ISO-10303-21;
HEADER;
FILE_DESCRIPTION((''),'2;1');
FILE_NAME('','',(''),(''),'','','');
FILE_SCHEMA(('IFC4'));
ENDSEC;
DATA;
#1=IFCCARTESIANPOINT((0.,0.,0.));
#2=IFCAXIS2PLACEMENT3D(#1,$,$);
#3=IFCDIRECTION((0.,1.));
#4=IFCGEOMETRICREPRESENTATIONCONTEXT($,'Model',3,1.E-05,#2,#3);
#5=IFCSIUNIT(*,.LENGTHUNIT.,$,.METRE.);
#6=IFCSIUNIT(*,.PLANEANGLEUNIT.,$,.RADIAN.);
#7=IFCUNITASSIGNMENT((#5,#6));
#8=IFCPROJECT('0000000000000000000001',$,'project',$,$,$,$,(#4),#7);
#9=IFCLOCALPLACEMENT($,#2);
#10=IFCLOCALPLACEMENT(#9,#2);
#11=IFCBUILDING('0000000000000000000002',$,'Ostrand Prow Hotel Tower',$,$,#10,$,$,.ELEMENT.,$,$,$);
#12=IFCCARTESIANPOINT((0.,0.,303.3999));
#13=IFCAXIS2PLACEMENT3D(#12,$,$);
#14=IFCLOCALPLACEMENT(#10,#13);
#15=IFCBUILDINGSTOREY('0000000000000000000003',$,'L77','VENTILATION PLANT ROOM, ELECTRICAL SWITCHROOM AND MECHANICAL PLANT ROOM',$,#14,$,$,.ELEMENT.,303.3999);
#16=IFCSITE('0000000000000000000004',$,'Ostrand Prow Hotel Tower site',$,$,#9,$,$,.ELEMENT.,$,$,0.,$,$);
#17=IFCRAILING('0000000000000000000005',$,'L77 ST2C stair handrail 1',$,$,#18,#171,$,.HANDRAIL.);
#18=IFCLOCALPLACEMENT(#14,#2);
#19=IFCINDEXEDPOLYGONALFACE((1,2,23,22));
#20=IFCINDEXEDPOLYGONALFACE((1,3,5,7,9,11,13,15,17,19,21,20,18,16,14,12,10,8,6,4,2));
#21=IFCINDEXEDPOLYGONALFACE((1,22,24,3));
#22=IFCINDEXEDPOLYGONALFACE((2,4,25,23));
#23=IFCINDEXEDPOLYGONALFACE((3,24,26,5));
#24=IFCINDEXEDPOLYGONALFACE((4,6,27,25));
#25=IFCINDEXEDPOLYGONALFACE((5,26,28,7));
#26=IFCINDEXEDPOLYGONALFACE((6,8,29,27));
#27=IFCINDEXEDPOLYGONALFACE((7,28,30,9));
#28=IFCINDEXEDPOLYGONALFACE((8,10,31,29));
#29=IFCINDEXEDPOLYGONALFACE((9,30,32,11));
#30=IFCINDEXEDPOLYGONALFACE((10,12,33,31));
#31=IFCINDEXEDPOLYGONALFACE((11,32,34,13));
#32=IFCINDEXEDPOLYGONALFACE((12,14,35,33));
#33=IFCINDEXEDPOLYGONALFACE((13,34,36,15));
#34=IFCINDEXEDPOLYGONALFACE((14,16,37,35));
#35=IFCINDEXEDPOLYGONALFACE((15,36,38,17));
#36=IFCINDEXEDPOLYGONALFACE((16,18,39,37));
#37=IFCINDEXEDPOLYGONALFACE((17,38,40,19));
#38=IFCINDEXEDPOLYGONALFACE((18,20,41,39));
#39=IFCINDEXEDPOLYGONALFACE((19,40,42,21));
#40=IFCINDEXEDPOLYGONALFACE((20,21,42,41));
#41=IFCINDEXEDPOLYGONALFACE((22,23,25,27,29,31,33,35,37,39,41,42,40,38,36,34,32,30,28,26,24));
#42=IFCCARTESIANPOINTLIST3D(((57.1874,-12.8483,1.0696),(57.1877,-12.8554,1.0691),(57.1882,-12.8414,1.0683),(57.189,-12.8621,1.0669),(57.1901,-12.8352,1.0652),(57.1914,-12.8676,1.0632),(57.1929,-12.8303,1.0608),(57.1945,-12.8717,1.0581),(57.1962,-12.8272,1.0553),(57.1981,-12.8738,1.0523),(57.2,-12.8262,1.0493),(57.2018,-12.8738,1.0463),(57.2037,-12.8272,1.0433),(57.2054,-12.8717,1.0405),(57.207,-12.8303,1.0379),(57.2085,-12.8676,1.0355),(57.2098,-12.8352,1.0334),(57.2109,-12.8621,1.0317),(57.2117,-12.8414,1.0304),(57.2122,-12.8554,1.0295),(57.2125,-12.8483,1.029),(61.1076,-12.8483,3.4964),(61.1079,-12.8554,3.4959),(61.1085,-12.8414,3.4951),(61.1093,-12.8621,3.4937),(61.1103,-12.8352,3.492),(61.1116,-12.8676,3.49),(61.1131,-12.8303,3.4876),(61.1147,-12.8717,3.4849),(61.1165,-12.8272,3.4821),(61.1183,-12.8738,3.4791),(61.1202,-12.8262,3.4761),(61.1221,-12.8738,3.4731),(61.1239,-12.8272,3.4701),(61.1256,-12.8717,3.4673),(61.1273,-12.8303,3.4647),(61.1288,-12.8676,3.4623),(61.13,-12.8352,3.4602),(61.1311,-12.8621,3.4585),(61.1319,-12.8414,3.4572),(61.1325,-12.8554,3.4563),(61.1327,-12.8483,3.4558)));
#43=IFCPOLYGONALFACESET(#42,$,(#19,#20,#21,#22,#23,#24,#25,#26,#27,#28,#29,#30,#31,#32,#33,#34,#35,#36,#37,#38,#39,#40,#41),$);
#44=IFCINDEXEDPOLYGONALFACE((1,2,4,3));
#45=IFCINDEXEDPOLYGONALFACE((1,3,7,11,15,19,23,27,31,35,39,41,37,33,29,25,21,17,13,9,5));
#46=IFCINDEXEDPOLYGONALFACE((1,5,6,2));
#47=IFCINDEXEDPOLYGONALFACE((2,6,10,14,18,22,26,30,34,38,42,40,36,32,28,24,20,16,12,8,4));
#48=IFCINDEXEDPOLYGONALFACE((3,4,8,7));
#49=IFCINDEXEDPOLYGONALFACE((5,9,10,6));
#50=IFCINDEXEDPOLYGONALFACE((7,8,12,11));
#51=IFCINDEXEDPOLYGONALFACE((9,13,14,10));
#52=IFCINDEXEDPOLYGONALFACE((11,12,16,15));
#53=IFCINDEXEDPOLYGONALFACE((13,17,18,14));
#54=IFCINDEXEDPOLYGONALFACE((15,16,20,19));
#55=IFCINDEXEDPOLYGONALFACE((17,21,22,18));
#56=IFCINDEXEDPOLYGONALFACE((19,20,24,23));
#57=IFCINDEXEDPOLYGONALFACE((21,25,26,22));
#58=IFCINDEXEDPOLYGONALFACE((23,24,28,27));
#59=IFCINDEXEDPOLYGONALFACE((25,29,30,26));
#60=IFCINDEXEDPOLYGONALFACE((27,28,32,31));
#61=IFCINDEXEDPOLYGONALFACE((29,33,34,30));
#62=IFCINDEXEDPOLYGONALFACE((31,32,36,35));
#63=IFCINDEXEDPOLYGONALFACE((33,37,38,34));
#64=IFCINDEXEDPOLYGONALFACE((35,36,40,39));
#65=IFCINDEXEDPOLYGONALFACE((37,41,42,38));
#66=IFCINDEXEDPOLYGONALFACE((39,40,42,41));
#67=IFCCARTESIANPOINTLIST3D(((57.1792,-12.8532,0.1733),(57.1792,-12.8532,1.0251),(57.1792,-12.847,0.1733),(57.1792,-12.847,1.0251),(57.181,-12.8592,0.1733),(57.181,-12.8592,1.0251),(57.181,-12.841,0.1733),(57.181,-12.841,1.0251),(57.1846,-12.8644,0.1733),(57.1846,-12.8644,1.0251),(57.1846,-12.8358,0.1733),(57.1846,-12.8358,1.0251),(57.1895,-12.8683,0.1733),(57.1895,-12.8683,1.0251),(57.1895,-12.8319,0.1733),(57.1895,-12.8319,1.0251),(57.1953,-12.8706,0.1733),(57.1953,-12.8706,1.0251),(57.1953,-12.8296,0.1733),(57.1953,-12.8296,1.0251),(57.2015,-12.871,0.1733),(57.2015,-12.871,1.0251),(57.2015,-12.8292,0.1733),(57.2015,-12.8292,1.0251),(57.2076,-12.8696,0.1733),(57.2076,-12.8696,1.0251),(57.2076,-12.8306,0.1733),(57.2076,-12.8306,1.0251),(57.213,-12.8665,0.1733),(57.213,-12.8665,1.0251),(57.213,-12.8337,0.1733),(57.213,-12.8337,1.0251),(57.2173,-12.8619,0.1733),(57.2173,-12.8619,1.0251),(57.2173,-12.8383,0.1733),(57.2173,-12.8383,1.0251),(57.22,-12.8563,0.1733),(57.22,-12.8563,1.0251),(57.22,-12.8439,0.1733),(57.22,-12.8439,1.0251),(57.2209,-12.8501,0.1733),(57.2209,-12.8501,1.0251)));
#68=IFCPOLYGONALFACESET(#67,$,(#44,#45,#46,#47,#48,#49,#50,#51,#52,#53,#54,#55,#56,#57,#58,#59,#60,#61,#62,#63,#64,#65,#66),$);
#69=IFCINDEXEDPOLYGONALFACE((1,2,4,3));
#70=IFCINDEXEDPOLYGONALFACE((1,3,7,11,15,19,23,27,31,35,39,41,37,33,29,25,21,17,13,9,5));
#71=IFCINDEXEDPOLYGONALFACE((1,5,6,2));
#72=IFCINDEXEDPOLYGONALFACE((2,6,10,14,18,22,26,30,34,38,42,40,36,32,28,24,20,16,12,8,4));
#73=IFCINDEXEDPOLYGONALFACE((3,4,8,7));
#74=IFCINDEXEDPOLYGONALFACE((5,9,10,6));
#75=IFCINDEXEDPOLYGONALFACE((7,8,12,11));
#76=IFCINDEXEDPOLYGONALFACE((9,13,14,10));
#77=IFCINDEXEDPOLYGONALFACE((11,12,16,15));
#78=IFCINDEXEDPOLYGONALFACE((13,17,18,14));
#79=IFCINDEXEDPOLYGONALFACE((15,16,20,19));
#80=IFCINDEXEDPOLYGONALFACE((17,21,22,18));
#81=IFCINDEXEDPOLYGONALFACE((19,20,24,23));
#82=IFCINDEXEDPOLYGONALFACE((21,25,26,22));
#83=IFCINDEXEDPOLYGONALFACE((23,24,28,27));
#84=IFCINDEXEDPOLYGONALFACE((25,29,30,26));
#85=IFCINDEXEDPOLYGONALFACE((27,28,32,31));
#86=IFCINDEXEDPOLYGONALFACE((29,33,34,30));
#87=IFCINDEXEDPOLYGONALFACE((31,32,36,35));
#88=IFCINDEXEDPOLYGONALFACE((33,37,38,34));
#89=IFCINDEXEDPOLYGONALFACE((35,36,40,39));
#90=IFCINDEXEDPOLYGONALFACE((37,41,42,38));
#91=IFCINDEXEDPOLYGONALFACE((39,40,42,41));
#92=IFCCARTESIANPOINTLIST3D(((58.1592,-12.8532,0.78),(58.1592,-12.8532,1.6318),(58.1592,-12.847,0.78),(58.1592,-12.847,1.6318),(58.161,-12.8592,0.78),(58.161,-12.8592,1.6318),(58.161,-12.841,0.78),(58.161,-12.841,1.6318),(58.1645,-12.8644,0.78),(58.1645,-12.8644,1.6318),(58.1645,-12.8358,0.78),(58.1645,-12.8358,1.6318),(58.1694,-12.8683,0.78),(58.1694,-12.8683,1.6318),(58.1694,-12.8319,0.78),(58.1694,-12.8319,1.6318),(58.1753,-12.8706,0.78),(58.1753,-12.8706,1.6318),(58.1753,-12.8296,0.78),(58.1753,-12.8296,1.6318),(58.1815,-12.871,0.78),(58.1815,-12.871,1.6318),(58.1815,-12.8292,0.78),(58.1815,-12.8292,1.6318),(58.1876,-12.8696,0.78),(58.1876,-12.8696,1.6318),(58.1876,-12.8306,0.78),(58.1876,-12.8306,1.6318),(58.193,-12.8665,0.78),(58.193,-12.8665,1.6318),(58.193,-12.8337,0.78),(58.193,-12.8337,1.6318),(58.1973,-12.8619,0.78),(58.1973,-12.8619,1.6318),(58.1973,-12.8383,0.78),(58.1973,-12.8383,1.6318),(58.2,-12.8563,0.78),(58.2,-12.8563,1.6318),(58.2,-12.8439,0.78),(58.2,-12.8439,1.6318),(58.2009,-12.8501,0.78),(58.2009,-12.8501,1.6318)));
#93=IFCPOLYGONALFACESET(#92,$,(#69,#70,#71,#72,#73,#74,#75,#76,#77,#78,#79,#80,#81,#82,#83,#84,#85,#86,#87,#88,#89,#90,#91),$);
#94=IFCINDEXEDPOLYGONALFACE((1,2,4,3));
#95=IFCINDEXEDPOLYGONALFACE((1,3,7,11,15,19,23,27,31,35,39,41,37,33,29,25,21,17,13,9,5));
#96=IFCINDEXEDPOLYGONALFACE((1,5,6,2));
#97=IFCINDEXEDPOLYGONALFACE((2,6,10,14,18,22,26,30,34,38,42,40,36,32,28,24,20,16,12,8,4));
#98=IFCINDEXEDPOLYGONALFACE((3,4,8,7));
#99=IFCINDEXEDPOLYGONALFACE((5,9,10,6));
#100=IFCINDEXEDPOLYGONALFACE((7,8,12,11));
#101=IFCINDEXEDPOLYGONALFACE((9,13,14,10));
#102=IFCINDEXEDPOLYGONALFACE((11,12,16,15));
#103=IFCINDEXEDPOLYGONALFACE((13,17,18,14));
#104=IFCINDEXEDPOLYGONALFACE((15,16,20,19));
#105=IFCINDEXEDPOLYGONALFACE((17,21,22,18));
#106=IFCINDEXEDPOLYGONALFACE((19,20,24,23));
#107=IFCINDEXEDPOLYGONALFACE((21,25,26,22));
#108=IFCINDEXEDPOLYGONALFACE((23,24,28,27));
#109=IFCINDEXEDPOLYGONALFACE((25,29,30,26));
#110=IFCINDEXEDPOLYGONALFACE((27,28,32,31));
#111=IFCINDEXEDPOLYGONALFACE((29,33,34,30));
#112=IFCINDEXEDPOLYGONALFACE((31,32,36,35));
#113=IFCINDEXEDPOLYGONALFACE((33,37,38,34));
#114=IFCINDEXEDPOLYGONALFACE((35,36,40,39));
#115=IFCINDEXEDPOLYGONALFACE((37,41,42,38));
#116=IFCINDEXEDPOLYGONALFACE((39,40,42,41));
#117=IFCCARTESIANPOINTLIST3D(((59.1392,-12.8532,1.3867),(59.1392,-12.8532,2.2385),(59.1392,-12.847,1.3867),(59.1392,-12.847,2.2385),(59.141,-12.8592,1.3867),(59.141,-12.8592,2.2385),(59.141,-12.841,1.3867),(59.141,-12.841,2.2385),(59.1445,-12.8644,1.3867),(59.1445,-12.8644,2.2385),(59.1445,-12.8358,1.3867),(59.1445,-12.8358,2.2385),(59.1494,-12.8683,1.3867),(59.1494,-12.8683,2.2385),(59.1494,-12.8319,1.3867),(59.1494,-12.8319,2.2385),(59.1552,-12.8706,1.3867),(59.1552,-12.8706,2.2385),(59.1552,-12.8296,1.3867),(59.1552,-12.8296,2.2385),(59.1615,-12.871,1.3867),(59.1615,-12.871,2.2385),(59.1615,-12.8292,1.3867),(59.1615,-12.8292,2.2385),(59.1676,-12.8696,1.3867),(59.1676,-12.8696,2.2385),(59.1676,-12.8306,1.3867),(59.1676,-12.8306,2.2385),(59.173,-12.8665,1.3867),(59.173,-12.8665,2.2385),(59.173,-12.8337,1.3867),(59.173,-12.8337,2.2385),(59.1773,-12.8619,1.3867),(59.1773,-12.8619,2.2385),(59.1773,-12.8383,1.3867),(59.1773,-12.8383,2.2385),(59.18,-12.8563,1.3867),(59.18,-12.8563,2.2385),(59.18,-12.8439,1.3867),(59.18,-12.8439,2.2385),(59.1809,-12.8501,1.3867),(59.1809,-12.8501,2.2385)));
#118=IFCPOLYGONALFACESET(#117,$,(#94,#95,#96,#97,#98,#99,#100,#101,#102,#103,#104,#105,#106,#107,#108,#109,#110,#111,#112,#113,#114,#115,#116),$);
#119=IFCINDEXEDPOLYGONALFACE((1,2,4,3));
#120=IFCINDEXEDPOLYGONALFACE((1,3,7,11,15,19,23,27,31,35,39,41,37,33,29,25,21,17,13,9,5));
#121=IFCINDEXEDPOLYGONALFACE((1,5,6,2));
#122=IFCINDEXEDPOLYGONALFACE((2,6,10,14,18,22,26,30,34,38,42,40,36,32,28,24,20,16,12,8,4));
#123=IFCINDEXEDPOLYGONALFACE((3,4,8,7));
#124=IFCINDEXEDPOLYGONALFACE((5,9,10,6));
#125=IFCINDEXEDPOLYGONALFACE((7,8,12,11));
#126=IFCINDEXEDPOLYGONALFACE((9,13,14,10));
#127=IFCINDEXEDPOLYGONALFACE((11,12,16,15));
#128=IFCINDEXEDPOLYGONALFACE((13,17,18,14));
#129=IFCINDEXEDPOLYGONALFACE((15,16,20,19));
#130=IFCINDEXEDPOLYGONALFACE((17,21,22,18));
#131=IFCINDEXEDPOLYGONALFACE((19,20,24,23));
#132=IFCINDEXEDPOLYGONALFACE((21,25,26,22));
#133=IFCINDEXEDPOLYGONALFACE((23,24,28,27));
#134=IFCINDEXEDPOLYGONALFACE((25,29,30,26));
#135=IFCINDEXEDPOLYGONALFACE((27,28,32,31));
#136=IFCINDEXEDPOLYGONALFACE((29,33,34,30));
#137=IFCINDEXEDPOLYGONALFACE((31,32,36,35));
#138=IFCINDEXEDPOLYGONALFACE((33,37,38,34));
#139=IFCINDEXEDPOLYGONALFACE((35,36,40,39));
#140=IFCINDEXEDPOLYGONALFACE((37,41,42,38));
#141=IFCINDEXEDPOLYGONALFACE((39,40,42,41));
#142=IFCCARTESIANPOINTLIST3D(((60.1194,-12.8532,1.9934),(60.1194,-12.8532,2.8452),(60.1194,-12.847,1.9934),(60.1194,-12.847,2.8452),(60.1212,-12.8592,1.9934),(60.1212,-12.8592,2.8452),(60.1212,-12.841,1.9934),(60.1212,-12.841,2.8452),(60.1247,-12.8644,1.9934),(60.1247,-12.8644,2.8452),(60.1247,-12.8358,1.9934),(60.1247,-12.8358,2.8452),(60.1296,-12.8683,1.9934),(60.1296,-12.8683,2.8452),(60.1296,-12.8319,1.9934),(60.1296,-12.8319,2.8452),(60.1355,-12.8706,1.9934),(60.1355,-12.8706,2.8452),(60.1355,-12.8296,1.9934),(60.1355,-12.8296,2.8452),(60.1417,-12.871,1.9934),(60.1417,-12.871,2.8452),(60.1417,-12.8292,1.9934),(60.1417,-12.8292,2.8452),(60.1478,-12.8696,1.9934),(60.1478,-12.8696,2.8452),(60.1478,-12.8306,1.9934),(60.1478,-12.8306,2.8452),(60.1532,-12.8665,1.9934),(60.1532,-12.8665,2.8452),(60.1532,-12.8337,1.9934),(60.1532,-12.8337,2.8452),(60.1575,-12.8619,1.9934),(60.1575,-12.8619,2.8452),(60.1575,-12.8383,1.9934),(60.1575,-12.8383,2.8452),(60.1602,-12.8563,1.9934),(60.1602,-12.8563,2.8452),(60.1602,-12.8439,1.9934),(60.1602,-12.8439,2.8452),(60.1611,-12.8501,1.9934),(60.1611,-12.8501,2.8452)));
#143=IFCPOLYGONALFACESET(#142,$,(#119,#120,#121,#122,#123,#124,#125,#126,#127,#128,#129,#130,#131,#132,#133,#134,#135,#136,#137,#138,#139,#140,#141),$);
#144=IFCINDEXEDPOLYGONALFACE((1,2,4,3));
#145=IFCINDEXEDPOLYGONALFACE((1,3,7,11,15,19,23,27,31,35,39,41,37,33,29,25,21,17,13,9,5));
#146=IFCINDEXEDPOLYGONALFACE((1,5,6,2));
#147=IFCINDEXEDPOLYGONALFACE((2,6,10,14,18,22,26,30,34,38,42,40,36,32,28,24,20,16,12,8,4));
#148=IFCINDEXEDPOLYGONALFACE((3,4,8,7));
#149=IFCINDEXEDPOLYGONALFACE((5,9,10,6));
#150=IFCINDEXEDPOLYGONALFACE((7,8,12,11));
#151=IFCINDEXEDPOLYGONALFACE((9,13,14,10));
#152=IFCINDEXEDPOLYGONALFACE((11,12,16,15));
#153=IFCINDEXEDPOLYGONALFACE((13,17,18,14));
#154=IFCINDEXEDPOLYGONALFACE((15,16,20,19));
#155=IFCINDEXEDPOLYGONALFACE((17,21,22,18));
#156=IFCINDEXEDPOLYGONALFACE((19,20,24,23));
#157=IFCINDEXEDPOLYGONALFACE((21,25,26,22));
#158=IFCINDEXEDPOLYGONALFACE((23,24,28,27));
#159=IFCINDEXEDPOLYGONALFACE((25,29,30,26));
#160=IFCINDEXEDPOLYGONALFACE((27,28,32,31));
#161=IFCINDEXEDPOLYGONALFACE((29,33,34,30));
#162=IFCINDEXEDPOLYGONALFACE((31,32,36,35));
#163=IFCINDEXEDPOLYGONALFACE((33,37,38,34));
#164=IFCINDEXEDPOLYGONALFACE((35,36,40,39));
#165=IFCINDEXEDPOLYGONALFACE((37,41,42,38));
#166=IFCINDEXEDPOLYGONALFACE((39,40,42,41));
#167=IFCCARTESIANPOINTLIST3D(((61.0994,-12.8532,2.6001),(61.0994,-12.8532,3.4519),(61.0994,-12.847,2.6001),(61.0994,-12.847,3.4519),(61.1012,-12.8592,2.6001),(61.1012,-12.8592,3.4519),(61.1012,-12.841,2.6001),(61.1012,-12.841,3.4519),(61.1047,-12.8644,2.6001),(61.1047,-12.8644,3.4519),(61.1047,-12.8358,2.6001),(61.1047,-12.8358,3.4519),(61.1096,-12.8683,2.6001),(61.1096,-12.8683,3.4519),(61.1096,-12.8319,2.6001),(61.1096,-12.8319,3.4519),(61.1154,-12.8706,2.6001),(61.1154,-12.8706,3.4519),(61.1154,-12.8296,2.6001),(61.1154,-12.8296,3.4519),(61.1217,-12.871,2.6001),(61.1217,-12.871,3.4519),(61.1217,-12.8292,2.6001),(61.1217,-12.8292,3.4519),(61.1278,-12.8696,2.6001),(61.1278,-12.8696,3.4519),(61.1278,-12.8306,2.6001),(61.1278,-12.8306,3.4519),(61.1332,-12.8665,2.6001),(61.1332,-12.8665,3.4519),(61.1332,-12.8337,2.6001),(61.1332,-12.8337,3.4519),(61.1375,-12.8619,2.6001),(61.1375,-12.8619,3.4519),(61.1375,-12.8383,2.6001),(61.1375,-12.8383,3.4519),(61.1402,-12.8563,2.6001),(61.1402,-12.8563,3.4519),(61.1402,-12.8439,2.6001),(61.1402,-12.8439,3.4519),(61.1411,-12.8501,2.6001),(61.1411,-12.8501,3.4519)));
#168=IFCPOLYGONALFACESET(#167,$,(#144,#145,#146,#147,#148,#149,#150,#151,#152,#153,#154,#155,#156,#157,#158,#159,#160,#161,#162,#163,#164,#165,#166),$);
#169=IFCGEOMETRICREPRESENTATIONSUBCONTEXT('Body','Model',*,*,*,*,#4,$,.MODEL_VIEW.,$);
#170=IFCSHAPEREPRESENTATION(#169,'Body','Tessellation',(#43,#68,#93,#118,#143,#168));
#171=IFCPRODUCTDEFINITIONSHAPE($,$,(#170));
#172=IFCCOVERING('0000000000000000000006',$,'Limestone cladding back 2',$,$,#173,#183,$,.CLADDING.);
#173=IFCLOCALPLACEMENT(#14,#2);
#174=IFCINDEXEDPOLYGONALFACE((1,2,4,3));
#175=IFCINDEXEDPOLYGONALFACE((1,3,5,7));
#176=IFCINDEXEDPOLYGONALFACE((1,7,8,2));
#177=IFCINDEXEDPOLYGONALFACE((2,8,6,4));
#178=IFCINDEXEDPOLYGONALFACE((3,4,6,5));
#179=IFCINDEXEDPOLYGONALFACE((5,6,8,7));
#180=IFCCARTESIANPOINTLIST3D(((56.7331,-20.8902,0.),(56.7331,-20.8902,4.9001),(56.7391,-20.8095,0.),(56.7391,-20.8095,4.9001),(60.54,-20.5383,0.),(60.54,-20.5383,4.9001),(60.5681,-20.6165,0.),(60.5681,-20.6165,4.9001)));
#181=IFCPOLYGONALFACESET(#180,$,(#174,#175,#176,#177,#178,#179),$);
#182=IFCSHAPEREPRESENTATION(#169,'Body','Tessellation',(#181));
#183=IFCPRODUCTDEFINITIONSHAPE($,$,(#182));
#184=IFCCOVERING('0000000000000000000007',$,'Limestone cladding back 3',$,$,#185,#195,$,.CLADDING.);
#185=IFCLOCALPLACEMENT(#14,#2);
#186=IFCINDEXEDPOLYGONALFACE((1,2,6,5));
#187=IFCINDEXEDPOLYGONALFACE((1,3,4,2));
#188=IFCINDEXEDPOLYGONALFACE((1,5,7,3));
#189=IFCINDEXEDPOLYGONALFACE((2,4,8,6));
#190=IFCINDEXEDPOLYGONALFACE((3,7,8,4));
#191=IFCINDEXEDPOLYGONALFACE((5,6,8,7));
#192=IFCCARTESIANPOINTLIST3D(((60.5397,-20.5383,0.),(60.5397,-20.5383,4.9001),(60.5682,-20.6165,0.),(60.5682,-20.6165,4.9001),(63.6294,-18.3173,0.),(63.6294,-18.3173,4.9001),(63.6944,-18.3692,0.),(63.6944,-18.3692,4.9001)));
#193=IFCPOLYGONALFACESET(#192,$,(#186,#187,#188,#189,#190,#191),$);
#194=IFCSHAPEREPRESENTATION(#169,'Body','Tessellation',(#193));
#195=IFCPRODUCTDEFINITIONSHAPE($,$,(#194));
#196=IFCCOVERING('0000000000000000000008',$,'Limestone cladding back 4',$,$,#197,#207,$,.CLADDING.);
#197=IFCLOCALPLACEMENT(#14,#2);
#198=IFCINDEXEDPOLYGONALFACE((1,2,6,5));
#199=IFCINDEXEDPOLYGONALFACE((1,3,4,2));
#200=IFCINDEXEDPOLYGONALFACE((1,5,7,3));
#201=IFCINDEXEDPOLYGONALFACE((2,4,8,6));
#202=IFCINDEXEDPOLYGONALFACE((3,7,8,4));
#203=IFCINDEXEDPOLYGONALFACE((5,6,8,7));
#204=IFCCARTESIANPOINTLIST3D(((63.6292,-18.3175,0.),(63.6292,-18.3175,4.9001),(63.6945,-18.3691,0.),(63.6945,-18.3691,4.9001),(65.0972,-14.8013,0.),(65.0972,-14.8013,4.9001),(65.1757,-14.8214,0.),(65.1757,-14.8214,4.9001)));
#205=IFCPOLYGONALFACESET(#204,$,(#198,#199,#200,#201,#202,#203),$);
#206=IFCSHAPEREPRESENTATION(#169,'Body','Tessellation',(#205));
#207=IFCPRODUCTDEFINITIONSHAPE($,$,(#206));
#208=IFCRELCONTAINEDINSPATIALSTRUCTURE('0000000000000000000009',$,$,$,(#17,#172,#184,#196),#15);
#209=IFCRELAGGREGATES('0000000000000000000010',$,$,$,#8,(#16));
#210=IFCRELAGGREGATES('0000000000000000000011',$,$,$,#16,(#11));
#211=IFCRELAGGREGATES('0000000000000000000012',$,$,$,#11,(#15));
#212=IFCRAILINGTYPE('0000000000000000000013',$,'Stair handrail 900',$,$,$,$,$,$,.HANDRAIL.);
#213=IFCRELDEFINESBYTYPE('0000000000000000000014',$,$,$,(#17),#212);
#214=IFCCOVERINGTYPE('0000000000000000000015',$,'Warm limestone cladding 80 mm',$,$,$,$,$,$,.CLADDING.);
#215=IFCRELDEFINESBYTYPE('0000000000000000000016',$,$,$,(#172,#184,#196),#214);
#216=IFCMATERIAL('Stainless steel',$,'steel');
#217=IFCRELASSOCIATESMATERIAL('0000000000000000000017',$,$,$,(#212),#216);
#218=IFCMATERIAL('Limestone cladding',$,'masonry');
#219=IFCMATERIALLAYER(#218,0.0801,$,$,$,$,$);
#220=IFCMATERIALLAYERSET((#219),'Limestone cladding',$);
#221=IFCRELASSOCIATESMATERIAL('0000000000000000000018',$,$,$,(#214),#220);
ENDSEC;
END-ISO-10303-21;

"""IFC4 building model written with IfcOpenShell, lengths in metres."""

from ifc_helpers import new_model, si_unit, direction, frame, origin, origin_2d, place, context, subcontext, project, spatial, polyline, circle, outline, extrude, material, layer, layer_set, type_object, element, save


model = new_model("IFC4")

# Units and contexts
model_context = context("Model", 3, precision=1e-05, world=origin(), true_north=direction((0.0, 1.0)))
body_context = subcontext(model_context, "Body", "Model", "MODEL_VIEW")
ifc_project = project(units=[si_unit("LENGTHUNIT", "METRE"), si_unit("PLANEANGLEUNIT", "RADIAN")], contexts=[model_context])

# Site, building, storey
site_placement = place(None, origin())
site = spatial("IfcSite", under=ifc_project, at=site_placement, Name="Ostrand Prow Hotel Tower site", CompositionType="ELEMENT", RefElevation=0.0)
building_placement = place(site_placement, origin())
building = spatial("IfcBuilding", under=site, at=building_placement, Name="Ostrand Prow Hotel Tower", CompositionType="ELEMENT")
storey_placement = place(building_placement, frame((0.0, 0.0, 303.3999)))
storey = spatial("IfcBuildingStorey", under=building, at=storey_placement, Name="L77", Description="VENTILATION PLANT ROOM, ELECTRICAL SWITCHROOM AND MECHANICAL PLANT ROOM", CompositionType="ELEMENT", Elevation=303.3999)

# Railing
ifc_material_1 = material(Name="Stainless steel", Category="steel")
railing_type_1 = type_object("IfcRailingType", Name="Stair handrail 900", PredefinedType="HANDRAIL", material=ifc_material_1)
railing_1_placement = place(storey_placement, frame((57.2, -12.8501, 0.1733)))
element("IfcRailing", 1, at=railing_1_placement, inside=storey, type_object=railing_type_1, Name="L77 ST2C stair handrail 1", PredefinedType="HANDRAIL", context=body_context, shape_type="SweptSolid", body=[
    extrude(circle(Radius=0.0239, at=origin_2d()), frame((0.0, 0.0, 0.876), z_axis=(0.850266, 0.0, 0.526353), x_axis=(0.0, 1.0, 0.0)), (0.0, 0.0, 1.0), 4.6106),
    extrude(circle(Radius=0.021, at=origin_2d()), origin(), (0.0, 0.0, 1.0), 0.8518),
    extrude(circle(Radius=0.021, at=origin_2d()), frame((0.98, 0.0, 0.6067)), (0.0, 0.0, 1.0), 0.8518),
    extrude(circle(Radius=0.021, at=origin_2d()), frame((1.96, 0.0, 1.2134)), (0.0, 0.0, 1.0), 0.8518),
    extrude(circle(Radius=0.021, at=origin_2d()), frame((2.9402, 0.0, 1.8201)), (0.0, 0.0, 1.0), 0.8518),
    extrude(circle(Radius=0.021, at=origin_2d()), frame((3.9202, 0.0, 2.4268)), (0.0, 0.0, 1.0), 0.8518),
])

# Coverings
ifc_material_2 = material(Name="Limestone cladding", Category="masonry")
ifc_layer_1 = layer(ifc_material_2, 0.0801)
ifc_layer_set_1 = layer_set([ifc_layer_1], Name="Limestone cladding")
covering_type_1 = type_object("IfcCoveringType", Name="Warm limestone cladding 80 mm", PredefinedType="CLADDING", material=ifc_layer_set_1)
covering_1_placement = place(storey_placement, frame((56.7361, -20.8499, 0.0), z_axis=(0.0, 0.0, 1.0), x_axis=(0.997463, 0.071184, 0.0)))
element("IfcCovering", 2, at=covering_1_placement, inside=storey, type_object=covering_type_1, Name="Limestone cladding back 2", PredefinedType="CLADDING", context=body_context, shape_type="SweptSolid", body=[
    extrude(outline(polyline([(-0.0059, -0.04), (3.8389, -0.04), (3.8164, 0.04), (0.0059, 0.04), (-0.0059, -0.04)])), origin(), (0.0, 0.0, 1.0), 4.9001),
])
covering_2_placement = place(storey_placement, frame((60.554, -20.5774, 0.0), z_axis=(0.0, 0.0, 1.0), x_axis=(0.811976, 0.583691, 0.0)))
element("IfcCovering", 3, at=covering_2_placement, inside=storey, type_object=covering_type_1, Name="Limestone cladding back 3", PredefinedType="CLADDING", context=body_context, shape_type="SweptSolid", body=[
    extrude(outline(polyline([(-0.0112, -0.04), (3.8389, -0.04), (3.8164, 0.04), (0.0112, 0.04), (-0.0112, -0.04)])), origin(), (0.0, 0.0, 1.0), 4.9001),
])
covering_3_placement = place(storey_placement, frame((63.6619, -18.3433, 0.0), z_axis=(0.0, 0.0, 1.0), x_axis=(0.385272, 0.922803, 0.0)))
element("IfcCovering", 4, at=covering_3_placement, inside=storey, type_object=covering_type_1, Name="Limestone cladding back 4", PredefinedType="CLADDING", context=body_context, shape_type="SweptSolid", body=[
    extrude(outline(polyline([(-0.0112, -0.04), (3.8333, -0.04), (3.8215, 0.04), (0.0112, 0.04), (-0.0112, -0.04)])), origin(), (0.0, 0.0, 1.0), 4.9001),
])

save(model, "model.ifc")
